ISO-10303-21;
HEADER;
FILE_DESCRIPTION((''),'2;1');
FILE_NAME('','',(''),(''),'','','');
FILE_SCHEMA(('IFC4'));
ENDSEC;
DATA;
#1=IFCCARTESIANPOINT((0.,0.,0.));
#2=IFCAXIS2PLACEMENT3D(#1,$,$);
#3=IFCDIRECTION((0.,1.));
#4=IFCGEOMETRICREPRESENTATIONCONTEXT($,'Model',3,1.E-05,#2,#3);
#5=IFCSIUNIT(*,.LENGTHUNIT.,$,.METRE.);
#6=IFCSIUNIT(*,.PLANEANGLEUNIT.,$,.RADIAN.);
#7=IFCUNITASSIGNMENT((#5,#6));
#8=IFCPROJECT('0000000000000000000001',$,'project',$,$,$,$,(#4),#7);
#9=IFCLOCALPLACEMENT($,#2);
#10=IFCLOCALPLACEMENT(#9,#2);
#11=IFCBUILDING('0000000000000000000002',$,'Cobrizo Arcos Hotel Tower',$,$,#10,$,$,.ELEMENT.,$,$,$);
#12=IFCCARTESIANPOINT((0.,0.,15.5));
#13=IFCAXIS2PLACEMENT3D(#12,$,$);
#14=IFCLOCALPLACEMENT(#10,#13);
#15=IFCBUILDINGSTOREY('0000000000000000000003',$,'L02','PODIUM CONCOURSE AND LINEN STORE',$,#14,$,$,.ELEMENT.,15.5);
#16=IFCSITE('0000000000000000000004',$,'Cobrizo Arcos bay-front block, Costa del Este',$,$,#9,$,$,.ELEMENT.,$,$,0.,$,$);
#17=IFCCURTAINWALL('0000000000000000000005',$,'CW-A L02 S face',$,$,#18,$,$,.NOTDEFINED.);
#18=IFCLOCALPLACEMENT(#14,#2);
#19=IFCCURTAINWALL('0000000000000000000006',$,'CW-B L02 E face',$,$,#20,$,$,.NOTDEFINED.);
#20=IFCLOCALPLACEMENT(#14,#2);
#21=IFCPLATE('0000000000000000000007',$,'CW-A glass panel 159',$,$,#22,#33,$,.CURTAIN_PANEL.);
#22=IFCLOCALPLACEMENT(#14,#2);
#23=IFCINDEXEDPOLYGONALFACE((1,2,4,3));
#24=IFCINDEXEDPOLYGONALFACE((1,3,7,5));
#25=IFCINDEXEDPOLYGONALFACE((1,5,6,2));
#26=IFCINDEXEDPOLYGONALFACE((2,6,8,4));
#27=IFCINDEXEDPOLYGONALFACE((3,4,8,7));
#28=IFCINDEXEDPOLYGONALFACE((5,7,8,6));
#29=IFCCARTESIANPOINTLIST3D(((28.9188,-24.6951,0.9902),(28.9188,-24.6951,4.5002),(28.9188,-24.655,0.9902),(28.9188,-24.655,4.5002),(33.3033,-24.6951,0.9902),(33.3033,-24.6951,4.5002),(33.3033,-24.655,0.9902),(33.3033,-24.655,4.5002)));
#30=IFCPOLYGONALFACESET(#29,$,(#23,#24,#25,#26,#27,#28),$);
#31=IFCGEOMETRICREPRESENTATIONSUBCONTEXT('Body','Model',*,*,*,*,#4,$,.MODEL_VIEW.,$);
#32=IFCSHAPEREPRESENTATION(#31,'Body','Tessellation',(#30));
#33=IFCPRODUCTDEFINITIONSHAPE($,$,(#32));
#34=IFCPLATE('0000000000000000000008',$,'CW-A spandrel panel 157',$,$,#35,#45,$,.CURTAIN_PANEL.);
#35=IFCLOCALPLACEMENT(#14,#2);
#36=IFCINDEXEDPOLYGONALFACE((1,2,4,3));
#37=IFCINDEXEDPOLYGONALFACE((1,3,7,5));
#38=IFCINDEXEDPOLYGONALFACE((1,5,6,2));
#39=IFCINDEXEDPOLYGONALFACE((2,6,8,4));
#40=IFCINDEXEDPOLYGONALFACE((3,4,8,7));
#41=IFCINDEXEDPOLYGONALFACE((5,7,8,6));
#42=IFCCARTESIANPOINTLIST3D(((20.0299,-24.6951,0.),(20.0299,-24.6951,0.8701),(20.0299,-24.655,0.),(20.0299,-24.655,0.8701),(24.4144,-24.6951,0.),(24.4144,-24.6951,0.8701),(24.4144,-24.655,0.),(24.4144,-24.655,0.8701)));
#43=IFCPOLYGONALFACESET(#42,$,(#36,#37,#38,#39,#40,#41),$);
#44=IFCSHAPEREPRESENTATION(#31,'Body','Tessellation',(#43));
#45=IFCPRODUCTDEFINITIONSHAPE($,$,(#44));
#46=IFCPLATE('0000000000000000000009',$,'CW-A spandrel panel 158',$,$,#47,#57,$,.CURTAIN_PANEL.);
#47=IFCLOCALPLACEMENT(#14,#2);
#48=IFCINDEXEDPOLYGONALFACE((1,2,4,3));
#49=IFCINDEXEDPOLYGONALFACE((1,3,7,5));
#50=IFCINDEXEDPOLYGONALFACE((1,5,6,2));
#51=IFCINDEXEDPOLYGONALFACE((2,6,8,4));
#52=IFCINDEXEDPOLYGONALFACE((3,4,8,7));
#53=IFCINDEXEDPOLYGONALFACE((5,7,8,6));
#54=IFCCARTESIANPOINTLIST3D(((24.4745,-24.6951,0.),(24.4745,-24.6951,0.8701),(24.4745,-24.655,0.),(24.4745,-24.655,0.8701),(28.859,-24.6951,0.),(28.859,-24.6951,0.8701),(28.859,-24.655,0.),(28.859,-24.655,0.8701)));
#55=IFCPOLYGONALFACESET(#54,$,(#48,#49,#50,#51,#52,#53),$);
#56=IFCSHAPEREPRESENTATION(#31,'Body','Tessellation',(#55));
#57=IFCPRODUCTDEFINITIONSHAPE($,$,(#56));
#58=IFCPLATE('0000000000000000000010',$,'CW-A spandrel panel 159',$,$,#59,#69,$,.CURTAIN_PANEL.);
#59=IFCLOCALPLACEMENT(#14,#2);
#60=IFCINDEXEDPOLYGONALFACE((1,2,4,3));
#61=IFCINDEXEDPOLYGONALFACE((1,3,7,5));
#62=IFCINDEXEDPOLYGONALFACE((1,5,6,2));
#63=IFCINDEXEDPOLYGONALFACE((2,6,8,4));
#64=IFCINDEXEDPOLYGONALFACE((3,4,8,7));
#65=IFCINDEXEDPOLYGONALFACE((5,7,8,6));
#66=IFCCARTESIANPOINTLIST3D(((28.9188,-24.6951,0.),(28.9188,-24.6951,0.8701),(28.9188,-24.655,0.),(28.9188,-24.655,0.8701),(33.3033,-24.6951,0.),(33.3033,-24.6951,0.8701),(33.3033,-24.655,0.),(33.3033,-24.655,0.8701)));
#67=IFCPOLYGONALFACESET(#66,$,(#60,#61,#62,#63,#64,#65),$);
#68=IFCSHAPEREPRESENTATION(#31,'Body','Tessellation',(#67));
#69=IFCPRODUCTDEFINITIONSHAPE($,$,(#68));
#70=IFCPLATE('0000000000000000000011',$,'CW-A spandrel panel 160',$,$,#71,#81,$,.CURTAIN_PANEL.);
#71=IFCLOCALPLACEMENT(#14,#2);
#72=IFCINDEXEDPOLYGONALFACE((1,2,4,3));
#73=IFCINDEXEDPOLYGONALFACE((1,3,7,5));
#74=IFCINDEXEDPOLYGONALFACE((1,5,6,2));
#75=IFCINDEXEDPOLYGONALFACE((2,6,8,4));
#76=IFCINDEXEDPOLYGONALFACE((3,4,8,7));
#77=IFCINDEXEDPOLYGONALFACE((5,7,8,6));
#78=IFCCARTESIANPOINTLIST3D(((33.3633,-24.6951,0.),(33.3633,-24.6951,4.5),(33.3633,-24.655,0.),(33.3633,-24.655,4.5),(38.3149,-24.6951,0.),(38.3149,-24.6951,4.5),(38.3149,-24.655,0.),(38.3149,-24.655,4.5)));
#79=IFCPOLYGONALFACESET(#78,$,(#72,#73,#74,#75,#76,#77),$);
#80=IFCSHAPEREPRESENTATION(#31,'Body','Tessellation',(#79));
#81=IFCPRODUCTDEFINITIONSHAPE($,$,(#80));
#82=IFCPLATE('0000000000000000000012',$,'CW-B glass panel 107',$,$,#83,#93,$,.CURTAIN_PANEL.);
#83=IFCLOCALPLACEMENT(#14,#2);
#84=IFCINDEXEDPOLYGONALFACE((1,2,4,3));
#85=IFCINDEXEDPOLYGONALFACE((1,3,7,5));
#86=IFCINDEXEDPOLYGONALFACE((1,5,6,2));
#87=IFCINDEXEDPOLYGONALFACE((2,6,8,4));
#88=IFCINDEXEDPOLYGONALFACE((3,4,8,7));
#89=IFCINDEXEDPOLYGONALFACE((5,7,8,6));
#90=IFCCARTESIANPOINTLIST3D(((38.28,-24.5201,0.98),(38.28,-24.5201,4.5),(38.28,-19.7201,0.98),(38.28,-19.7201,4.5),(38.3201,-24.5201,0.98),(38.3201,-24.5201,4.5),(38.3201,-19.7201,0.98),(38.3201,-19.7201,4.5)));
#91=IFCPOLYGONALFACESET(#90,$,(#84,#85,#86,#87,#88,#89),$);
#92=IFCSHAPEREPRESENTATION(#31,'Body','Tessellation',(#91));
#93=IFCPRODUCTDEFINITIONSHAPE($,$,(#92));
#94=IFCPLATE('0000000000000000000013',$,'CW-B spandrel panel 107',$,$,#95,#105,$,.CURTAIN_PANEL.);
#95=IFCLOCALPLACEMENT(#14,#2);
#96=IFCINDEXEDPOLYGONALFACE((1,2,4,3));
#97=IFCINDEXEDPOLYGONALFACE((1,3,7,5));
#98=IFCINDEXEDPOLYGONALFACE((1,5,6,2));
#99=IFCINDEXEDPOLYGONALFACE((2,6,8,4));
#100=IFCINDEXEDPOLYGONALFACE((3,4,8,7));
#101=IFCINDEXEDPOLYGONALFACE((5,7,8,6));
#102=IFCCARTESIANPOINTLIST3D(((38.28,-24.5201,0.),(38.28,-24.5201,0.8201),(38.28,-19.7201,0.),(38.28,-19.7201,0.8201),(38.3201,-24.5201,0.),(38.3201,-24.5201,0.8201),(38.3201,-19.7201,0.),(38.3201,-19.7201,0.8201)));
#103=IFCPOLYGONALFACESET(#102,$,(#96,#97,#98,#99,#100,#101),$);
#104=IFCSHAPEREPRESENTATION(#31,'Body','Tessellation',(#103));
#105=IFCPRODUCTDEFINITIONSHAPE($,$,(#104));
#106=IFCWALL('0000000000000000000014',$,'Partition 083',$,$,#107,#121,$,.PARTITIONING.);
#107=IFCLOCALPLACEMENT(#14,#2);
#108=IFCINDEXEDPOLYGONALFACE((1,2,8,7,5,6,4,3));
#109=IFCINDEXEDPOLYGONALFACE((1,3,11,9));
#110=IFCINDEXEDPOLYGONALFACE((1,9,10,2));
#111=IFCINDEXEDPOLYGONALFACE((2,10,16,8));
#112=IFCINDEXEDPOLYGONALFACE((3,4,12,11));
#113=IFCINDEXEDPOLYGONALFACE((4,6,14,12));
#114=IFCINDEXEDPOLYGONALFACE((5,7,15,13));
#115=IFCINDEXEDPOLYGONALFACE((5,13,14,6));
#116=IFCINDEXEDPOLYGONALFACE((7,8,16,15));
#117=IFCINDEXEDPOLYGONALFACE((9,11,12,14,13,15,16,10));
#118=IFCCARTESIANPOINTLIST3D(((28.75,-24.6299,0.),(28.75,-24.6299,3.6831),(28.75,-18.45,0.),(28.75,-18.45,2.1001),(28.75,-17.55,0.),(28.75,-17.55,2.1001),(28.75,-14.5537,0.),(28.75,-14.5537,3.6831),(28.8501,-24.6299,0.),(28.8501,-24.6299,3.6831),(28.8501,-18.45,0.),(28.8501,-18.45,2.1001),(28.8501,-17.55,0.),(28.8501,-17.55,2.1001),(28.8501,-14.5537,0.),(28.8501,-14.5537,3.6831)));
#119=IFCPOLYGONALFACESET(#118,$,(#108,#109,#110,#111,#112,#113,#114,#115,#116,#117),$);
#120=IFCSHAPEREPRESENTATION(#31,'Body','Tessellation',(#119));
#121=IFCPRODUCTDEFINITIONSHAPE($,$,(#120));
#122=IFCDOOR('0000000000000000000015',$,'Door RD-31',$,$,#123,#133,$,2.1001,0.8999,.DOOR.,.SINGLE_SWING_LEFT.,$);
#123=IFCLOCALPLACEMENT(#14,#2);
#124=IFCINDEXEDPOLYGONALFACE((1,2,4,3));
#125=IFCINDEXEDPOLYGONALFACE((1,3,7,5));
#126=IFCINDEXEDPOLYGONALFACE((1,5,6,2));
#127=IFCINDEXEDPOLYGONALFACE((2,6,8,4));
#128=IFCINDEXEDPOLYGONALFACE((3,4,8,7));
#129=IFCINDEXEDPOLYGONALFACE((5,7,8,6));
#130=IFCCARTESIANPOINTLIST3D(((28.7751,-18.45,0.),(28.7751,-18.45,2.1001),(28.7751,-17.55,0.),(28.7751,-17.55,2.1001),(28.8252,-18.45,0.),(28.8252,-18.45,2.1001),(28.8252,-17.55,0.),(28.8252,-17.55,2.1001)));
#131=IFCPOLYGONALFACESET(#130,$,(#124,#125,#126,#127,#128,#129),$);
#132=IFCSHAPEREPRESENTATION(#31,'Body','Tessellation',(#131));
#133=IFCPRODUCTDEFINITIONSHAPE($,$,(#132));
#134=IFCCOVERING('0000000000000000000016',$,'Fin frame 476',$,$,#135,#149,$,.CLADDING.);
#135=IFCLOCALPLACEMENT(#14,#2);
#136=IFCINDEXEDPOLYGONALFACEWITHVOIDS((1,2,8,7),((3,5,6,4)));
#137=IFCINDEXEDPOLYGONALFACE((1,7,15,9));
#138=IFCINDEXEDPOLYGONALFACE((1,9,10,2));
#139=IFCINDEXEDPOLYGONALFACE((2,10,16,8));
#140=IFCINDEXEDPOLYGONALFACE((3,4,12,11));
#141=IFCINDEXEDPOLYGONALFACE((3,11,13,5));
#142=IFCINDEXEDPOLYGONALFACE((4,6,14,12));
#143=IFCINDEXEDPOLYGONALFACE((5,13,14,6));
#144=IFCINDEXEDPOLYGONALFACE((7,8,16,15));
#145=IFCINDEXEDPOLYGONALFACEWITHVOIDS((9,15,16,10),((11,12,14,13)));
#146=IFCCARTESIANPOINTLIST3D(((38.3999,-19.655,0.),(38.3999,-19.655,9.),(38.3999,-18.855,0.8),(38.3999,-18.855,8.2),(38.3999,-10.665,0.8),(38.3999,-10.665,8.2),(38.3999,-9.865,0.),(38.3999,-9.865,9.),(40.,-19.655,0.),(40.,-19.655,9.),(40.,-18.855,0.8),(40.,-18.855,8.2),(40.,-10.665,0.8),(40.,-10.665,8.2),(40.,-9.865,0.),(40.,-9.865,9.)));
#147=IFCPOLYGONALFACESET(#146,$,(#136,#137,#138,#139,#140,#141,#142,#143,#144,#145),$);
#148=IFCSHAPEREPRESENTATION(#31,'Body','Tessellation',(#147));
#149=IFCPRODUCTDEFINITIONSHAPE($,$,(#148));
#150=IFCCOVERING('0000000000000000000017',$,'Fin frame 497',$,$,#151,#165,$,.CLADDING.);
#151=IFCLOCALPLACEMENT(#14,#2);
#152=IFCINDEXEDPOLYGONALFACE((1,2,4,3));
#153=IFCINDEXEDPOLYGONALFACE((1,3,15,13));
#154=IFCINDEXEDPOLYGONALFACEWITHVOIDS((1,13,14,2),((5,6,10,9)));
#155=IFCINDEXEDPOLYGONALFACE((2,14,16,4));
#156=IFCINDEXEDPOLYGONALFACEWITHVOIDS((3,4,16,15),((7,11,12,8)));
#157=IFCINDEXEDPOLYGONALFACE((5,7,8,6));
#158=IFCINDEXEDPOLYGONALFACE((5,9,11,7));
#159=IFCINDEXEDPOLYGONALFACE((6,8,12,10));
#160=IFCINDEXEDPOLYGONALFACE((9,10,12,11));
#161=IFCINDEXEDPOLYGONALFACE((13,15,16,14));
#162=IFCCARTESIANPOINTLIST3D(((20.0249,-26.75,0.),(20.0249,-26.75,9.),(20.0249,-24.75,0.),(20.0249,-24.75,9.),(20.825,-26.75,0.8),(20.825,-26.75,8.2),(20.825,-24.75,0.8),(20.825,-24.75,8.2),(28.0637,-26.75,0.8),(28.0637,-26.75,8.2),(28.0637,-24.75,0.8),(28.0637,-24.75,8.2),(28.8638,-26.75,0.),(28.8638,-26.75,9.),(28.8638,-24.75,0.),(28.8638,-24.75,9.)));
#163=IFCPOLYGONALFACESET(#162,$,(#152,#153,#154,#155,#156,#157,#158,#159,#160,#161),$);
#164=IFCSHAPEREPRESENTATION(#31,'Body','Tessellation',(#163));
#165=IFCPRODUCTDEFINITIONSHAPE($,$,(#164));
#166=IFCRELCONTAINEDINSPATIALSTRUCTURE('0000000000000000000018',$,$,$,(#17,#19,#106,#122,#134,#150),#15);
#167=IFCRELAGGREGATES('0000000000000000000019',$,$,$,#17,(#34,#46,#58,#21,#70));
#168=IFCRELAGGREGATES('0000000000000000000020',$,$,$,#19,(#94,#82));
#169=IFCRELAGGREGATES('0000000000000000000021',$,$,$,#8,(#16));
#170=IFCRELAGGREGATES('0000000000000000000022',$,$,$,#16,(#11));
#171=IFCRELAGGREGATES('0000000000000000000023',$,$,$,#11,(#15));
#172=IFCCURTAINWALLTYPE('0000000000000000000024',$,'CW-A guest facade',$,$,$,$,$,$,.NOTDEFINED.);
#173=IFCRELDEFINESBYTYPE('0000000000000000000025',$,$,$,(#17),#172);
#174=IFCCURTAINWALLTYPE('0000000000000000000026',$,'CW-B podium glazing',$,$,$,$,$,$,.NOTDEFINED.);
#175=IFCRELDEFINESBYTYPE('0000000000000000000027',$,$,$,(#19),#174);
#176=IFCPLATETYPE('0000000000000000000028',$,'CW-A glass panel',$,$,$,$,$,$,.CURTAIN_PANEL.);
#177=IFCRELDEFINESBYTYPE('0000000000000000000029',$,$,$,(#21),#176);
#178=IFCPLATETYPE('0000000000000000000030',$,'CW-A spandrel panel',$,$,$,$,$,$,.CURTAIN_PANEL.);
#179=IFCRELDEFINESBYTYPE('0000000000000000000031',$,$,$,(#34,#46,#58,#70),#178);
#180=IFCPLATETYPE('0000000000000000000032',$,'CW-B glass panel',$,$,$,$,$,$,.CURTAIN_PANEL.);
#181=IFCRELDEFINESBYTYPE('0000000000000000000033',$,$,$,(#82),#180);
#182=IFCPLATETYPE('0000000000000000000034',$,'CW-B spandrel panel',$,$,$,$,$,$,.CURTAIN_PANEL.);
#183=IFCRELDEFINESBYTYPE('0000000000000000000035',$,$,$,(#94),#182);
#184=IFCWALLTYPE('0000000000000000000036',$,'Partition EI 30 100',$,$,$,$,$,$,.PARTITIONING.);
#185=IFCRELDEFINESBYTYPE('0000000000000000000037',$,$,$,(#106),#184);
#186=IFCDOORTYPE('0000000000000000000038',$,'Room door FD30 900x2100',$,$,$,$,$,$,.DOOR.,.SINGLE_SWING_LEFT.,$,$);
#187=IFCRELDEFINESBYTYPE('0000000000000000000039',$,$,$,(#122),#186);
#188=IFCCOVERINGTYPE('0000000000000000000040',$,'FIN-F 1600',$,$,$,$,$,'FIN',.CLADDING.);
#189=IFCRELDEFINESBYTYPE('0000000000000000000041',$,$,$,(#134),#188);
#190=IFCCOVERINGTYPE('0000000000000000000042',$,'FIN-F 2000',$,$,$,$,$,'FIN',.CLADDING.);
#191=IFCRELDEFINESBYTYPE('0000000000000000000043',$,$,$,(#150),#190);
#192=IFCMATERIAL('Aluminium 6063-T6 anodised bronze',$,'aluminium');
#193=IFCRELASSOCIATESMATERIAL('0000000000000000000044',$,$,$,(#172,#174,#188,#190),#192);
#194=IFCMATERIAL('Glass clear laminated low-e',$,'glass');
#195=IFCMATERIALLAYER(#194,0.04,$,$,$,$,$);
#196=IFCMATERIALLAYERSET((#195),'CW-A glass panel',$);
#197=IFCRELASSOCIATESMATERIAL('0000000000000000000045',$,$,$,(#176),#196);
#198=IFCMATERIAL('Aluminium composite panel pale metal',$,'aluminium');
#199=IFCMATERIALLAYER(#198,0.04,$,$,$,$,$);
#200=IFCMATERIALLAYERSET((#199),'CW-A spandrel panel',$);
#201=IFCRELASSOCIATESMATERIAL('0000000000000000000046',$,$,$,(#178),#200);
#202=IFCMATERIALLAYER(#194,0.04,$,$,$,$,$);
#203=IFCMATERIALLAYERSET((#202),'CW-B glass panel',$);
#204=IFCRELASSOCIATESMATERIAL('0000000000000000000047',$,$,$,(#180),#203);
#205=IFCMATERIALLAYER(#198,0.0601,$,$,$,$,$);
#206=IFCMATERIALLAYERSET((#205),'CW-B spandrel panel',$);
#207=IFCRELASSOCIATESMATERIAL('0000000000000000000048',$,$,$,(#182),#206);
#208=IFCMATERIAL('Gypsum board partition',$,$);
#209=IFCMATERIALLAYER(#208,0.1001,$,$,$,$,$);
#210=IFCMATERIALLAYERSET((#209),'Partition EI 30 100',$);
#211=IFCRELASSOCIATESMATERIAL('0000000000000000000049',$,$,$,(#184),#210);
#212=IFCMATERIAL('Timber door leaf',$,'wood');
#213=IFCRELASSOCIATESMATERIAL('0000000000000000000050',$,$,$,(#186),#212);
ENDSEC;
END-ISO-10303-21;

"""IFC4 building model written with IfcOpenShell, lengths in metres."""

from ifc_helpers import new_model, si_unit, direction, frame, frame_2d, origin, origin_2d, place, context, subcontext, project, spatial, polyline, rectangle, outline, extrude, material, layer, layer_set, type_object, element, fill, aggregate, save


model = new_model("IFC4")

# Units and contexts
model_context = context("Model", 3, precision=1e-05, world=origin(), true_north=direction((0.0, 1.0)))
body_context = subcontext(model_context, "Body", "Model", "MODEL_VIEW")
ifc_project = project(units=[si_unit("LENGTHUNIT", "METRE"), si_unit("PLANEANGLEUNIT", "RADIAN")], contexts=[model_context])

# Site, building, storey
site_placement = place(None, origin())
site = spatial("IfcSite", under=ifc_project, at=site_placement, Name="Cobrizo Arcos bay-front block, Costa del Este", CompositionType="ELEMENT", RefElevation=0.0)
building_placement = place(site_placement, origin())
building = spatial("IfcBuilding", under=site, at=building_placement, Name="Cobrizo Arcos Hotel Tower", CompositionType="ELEMENT")
storey_placement = place(building_placement, frame((0.0, 0.0, 15.5)))
storey = spatial("IfcBuildingStorey", under=building, at=storey_placement, Name="L02", Description="PODIUM CONCOURSE AND LINEN STORE", CompositionType="ELEMENT", Elevation=15.5)

# Curtain walls
ifc_material_1 = material(Name="Aluminium 6063-T6 anodised bronze", Category="aluminium")
curtain_wall_type_1 = type_object("IfcCurtainWallType", Name="CW-A guest facade", PredefinedType="NOTDEFINED", material=ifc_material_1)
curtain_wall_1_placement = place(storey_placement, origin())
curtain_wall_1 = element("IfcCurtainWall", 1, at=curtain_wall_1_placement, inside=storey, type_object=curtain_wall_type_1, Name="CW-A L02 S face", PredefinedType="NOTDEFINED")
curtain_wall_type_2 = type_object("IfcCurtainWallType", Name="CW-B podium glazing", PredefinedType="NOTDEFINED", material=ifc_material_1)
curtain_wall_2_placement = place(storey_placement, origin())
curtain_wall_2 = element("IfcCurtainWall", 2, at=curtain_wall_2_placement, inside=storey, type_object=curtain_wall_type_2, Name="CW-B L02 E face", PredefinedType="NOTDEFINED")

# Plates
ifc_material_2 = material(Name="Glass clear laminated low-e", Category="glass")
ifc_layer_1 = layer(ifc_material_2, 0.04)
ifc_layer_set_1 = layer_set([ifc_layer_1], Name="CW-A glass panel")
plate_type_1 = type_object("IfcPlateType", Name="CW-A glass panel", PredefinedType="CURTAIN_PANEL", material=ifc_layer_set_1)
plate_1_placement = place(storey_placement, frame((31.1111, -24.675, 0.9902), z_axis=(0.0, 0.0, 1.0), x_axis=(1.0, 0.0, 0.0)))
plate_1 = element("IfcPlate", 3, at=plate_1_placement, type_object=plate_type_1, Name="CW-A glass panel 159", PredefinedType="CURTAIN_PANEL", context=body_context, shape_type="SweptSolid", body=[
    extrude(rectangle(XDim=4.3845, YDim=0.04, at=origin_2d()), origin(), (0.0, 0.0, 1.0), 3.51),
])
ifc_material_3 = material(Name="Aluminium composite panel pale metal", Category="aluminium")
ifc_layer_2 = layer(ifc_material_3, 0.04)
ifc_layer_set_2 = layer_set([ifc_layer_2], Name="CW-A spandrel panel")
plate_type_2 = type_object("IfcPlateType", Name="CW-A spandrel panel", PredefinedType="CURTAIN_PANEL", material=ifc_layer_set_2)
plate_2_placement = place(storey_placement, frame((22.2222, -24.675, 0.0), z_axis=(0.0, 0.0, 1.0), x_axis=(1.0, 0.0, 0.0)))
plate_2 = element("IfcPlate", 4, at=plate_2_placement, type_object=plate_type_2, Name="CW-A spandrel panel 157", PredefinedType="CURTAIN_PANEL", context=body_context, shape_type="SweptSolid", body=[
    extrude(rectangle(XDim=4.3845, YDim=0.04, at=origin_2d()), origin(), (0.0, 0.0, 1.0), 0.8701),
])
plate_3_placement = place(storey_placement, frame((26.6667, -24.675, 0.0), z_axis=(0.0, 0.0, 1.0), x_axis=(1.0, 0.0, 0.0)))
plate_3 = element("IfcPlate", 5, at=plate_3_placement, type_object=plate_type_2, Name="CW-A spandrel panel 158", PredefinedType="CURTAIN_PANEL", context=body_context, shape_type="SweptSolid", body=[
    extrude(rectangle(XDim=4.3845, YDim=0.04, at=origin_2d()), origin(), (0.0, 0.0, 1.0), 0.8701),
])
plate_4_placement = place(storey_placement, frame((31.1111, -24.675, 0.0), z_axis=(0.0, 0.0, 1.0), x_axis=(1.0, 0.0, 0.0)))
plate_4 = element("IfcPlate", 6, at=plate_4_placement, type_object=plate_type_2, Name="CW-A spandrel panel 159", PredefinedType="CURTAIN_PANEL", context=body_context, shape_type="SweptSolid", body=[
    extrude(rectangle(XDim=4.3845, YDim=0.04, at=origin_2d()), origin(), (0.0, 0.0, 1.0), 0.8701),
])
plate_5_placement = place(storey_placement, frame((35.8391, -24.675, 0.0), z_axis=(0.0, 0.0, 1.0), x_axis=(1.0, 0.0, 0.0)))
plate_5 = element("IfcPlate", 7, at=plate_5_placement, type_object=plate_type_2, Name="CW-A spandrel panel 160", PredefinedType="CURTAIN_PANEL", context=body_context, shape_type="SweptSolid", body=[
    extrude(rectangle(XDim=4.9517, YDim=0.04, at=origin_2d()), origin(), (0.0, 0.0, 1.0), 4.5),
])
aggregate(curtain_wall_1, [plate_2, plate_3, plate_4, plate_1, plate_5])
ifc_layer_3 = layer(ifc_material_2, 0.04)
ifc_layer_set_3 = layer_set([ifc_layer_3], Name="CW-B glass panel")
plate_type_3 = type_object("IfcPlateType", Name="CW-B glass panel", PredefinedType="CURTAIN_PANEL", material=ifc_layer_set_3)
plate_6_placement = place(storey_placement, frame((38.3, -22.1201, 0.98), z_axis=(0.0, 0.0, 1.0), x_axis=(0.0, 1.0, 0.0)))
plate_6 = element("IfcPlate", 8, at=plate_6_placement, type_object=plate_type_3, Name="CW-B glass panel 107", PredefinedType="CURTAIN_PANEL", context=body_context, shape_type="SweptSolid", body=[
    extrude(rectangle(XDim=4.8, YDim=0.04, at=origin_2d()), origin(), (0.0, 0.0, 1.0), 3.52),
])
ifc_layer_4 = layer(ifc_material_3, 0.0601)
ifc_layer_set_4 = layer_set([ifc_layer_4], Name="CW-B spandrel panel")
plate_type_4 = type_object("IfcPlateType", Name="CW-B spandrel panel", PredefinedType="CURTAIN_PANEL", material=ifc_layer_set_4)
plate_7_placement = place(storey_placement, frame((38.3, -22.1201, 0.0), z_axis=(0.0, 0.0, 1.0), x_axis=(0.0, 1.0, 0.0)))
plate_7 = element("IfcPlate", 9, at=plate_7_placement, type_object=plate_type_4, Name="CW-B spandrel panel 107", PredefinedType="CURTAIN_PANEL", context=body_context, shape_type="SweptSolid", body=[
    extrude(rectangle(XDim=4.8, YDim=0.04, at=origin_2d()), origin(), (0.0, 0.0, 1.0), 0.8201),
])
aggregate(curtain_wall_2, [plate_7, plate_6])

# Wall, opening, door
ifc_material_4 = material(Name="Gypsum board partition")
ifc_layer_5 = layer(ifc_material_4, 0.1001)
ifc_layer_set_5 = layer_set([ifc_layer_5], Name="Partition EI 30 100")
wall_type = type_object("IfcWallType", Name="Partition EI 30 100", PredefinedType="PARTITIONING", material=ifc_layer_set_5)
wall_placement = place(storey_placement, frame((28.8, -24.6299, 0.0), z_axis=(0.0, 0.0, 1.0), x_axis=(0.0, 1.0, 0.0)))
wall = element("IfcWall", 10, at=wall_placement, inside=storey, type_object=wall_type, Name="Partition 083", PredefinedType="PARTITIONING", context=body_context, shape_type="SweptSolid", body=[
    extrude(rectangle(XDim=10.0762, YDim=0.1001, at=frame_2d((5.0381, 0.0))), origin(), (0.0, 0.0, 1.0), 3.6831),
])
opening_placement = place(wall_placement, frame((6.1799, 0.0, 0.0)))
opening = element("IfcOpeningElement", 11, at=opening_placement, cuts=wall, PredefinedType="OPENING", context=body_context, shape_type="SweptSolid", body=[
    extrude(rectangle(XDim=0.8999, YDim=2.1001, at=frame_2d((0.45, 1.05))), frame((0.0, 0.062, 0.0), z_axis=(0.0, -1.0, 0.0), x_axis=(1.0, 0.0, 0.0)), (0.0, 0.0, 1.0), 0.124),
])
ifc_material_5 = material(Name="Timber door leaf", Category="wood")
door_type = type_object("IfcDoorType", Name="Room door FD30 900x2100", OperationType="SINGLE_SWING_LEFT", PredefinedType="DOOR", material=ifc_material_5)
door_placement = place(opening_placement, origin())
door = element("IfcDoor", 12, at=door_placement, inside=storey, type_object=door_type, Name="Door RD-31", OperationType="SINGLE_SWING_LEFT", OverallHeight=2.1001, OverallWidth=0.8999, PredefinedType="DOOR", context=body_context, shape_type="SweptSolid", body=[
    extrude(rectangle(XDim=0.8999, YDim=2.1001, at=frame_2d((0.45, 1.05))), frame((0.0, 0.0249, 0.0), z_axis=(0.0, -1.0, 0.0), x_axis=(1.0, 0.0, 0.0)), (0.0, 0.0, 1.0), 0.05),
])
fill(opening, door)

# Coverings
covering_type_1 = type_object("IfcCoveringType", Name="FIN-F 1600", ElementType="FIN", PredefinedType="CLADDING", material=ifc_material_1)
covering_1_placement = place(storey_placement, frame((38.3999, -19.655, 0.0), z_axis=(1.0, 0.0, 0.0), x_axis=(0.0, 1.0, 0.0)))
element("IfcCovering", 13, at=covering_1_placement, inside=storey, type_object=covering_type_1, Name="Fin frame 476", PredefinedType="CLADDING", context=body_context, shape_type="SweptSolid", body=[
    extrude(outline(polyline([(0.0, 9.0), (0.0, 0.0), (9.79, 0.0), (9.79, 9.0), (0.0, 9.0)]), holes=[polyline([(8.99, 0.8), (0.8, 0.8), (0.8, 8.2), (8.99, 8.2), (8.99, 0.8)])]), origin(), (0.0, 0.0, 1.0), 1.6001),
])
covering_type_2 = type_object("IfcCoveringType", Name="FIN-F 2000", ElementType="FIN", PredefinedType="CLADDING", material=ifc_material_1)
covering_2_placement = place(storey_placement, frame((20.0249, -24.75, 0.0), z_axis=(0.0, -1.0, 0.0), x_axis=(1.0, 0.0, 0.0)))
element("IfcCovering", 14, at=covering_2_placement, inside=storey, type_object=covering_type_2, Name="Fin frame 497", PredefinedType="CLADDING", context=body_context, shape_type="SweptSolid", body=[
    extrude(outline(polyline([(0.0, 9.0), (0.0, 0.0), (8.8389, 0.0), (8.8389, 9.0), (0.0, 9.0)]), holes=[polyline([(8.0388, 0.8), (0.8, 0.8), (0.8, 8.2), (8.0388, 8.2), (8.0388, 0.8)])]), origin(), (0.0, 0.0, 1.0), 2.0),
])

save(model, "model.ifc")
